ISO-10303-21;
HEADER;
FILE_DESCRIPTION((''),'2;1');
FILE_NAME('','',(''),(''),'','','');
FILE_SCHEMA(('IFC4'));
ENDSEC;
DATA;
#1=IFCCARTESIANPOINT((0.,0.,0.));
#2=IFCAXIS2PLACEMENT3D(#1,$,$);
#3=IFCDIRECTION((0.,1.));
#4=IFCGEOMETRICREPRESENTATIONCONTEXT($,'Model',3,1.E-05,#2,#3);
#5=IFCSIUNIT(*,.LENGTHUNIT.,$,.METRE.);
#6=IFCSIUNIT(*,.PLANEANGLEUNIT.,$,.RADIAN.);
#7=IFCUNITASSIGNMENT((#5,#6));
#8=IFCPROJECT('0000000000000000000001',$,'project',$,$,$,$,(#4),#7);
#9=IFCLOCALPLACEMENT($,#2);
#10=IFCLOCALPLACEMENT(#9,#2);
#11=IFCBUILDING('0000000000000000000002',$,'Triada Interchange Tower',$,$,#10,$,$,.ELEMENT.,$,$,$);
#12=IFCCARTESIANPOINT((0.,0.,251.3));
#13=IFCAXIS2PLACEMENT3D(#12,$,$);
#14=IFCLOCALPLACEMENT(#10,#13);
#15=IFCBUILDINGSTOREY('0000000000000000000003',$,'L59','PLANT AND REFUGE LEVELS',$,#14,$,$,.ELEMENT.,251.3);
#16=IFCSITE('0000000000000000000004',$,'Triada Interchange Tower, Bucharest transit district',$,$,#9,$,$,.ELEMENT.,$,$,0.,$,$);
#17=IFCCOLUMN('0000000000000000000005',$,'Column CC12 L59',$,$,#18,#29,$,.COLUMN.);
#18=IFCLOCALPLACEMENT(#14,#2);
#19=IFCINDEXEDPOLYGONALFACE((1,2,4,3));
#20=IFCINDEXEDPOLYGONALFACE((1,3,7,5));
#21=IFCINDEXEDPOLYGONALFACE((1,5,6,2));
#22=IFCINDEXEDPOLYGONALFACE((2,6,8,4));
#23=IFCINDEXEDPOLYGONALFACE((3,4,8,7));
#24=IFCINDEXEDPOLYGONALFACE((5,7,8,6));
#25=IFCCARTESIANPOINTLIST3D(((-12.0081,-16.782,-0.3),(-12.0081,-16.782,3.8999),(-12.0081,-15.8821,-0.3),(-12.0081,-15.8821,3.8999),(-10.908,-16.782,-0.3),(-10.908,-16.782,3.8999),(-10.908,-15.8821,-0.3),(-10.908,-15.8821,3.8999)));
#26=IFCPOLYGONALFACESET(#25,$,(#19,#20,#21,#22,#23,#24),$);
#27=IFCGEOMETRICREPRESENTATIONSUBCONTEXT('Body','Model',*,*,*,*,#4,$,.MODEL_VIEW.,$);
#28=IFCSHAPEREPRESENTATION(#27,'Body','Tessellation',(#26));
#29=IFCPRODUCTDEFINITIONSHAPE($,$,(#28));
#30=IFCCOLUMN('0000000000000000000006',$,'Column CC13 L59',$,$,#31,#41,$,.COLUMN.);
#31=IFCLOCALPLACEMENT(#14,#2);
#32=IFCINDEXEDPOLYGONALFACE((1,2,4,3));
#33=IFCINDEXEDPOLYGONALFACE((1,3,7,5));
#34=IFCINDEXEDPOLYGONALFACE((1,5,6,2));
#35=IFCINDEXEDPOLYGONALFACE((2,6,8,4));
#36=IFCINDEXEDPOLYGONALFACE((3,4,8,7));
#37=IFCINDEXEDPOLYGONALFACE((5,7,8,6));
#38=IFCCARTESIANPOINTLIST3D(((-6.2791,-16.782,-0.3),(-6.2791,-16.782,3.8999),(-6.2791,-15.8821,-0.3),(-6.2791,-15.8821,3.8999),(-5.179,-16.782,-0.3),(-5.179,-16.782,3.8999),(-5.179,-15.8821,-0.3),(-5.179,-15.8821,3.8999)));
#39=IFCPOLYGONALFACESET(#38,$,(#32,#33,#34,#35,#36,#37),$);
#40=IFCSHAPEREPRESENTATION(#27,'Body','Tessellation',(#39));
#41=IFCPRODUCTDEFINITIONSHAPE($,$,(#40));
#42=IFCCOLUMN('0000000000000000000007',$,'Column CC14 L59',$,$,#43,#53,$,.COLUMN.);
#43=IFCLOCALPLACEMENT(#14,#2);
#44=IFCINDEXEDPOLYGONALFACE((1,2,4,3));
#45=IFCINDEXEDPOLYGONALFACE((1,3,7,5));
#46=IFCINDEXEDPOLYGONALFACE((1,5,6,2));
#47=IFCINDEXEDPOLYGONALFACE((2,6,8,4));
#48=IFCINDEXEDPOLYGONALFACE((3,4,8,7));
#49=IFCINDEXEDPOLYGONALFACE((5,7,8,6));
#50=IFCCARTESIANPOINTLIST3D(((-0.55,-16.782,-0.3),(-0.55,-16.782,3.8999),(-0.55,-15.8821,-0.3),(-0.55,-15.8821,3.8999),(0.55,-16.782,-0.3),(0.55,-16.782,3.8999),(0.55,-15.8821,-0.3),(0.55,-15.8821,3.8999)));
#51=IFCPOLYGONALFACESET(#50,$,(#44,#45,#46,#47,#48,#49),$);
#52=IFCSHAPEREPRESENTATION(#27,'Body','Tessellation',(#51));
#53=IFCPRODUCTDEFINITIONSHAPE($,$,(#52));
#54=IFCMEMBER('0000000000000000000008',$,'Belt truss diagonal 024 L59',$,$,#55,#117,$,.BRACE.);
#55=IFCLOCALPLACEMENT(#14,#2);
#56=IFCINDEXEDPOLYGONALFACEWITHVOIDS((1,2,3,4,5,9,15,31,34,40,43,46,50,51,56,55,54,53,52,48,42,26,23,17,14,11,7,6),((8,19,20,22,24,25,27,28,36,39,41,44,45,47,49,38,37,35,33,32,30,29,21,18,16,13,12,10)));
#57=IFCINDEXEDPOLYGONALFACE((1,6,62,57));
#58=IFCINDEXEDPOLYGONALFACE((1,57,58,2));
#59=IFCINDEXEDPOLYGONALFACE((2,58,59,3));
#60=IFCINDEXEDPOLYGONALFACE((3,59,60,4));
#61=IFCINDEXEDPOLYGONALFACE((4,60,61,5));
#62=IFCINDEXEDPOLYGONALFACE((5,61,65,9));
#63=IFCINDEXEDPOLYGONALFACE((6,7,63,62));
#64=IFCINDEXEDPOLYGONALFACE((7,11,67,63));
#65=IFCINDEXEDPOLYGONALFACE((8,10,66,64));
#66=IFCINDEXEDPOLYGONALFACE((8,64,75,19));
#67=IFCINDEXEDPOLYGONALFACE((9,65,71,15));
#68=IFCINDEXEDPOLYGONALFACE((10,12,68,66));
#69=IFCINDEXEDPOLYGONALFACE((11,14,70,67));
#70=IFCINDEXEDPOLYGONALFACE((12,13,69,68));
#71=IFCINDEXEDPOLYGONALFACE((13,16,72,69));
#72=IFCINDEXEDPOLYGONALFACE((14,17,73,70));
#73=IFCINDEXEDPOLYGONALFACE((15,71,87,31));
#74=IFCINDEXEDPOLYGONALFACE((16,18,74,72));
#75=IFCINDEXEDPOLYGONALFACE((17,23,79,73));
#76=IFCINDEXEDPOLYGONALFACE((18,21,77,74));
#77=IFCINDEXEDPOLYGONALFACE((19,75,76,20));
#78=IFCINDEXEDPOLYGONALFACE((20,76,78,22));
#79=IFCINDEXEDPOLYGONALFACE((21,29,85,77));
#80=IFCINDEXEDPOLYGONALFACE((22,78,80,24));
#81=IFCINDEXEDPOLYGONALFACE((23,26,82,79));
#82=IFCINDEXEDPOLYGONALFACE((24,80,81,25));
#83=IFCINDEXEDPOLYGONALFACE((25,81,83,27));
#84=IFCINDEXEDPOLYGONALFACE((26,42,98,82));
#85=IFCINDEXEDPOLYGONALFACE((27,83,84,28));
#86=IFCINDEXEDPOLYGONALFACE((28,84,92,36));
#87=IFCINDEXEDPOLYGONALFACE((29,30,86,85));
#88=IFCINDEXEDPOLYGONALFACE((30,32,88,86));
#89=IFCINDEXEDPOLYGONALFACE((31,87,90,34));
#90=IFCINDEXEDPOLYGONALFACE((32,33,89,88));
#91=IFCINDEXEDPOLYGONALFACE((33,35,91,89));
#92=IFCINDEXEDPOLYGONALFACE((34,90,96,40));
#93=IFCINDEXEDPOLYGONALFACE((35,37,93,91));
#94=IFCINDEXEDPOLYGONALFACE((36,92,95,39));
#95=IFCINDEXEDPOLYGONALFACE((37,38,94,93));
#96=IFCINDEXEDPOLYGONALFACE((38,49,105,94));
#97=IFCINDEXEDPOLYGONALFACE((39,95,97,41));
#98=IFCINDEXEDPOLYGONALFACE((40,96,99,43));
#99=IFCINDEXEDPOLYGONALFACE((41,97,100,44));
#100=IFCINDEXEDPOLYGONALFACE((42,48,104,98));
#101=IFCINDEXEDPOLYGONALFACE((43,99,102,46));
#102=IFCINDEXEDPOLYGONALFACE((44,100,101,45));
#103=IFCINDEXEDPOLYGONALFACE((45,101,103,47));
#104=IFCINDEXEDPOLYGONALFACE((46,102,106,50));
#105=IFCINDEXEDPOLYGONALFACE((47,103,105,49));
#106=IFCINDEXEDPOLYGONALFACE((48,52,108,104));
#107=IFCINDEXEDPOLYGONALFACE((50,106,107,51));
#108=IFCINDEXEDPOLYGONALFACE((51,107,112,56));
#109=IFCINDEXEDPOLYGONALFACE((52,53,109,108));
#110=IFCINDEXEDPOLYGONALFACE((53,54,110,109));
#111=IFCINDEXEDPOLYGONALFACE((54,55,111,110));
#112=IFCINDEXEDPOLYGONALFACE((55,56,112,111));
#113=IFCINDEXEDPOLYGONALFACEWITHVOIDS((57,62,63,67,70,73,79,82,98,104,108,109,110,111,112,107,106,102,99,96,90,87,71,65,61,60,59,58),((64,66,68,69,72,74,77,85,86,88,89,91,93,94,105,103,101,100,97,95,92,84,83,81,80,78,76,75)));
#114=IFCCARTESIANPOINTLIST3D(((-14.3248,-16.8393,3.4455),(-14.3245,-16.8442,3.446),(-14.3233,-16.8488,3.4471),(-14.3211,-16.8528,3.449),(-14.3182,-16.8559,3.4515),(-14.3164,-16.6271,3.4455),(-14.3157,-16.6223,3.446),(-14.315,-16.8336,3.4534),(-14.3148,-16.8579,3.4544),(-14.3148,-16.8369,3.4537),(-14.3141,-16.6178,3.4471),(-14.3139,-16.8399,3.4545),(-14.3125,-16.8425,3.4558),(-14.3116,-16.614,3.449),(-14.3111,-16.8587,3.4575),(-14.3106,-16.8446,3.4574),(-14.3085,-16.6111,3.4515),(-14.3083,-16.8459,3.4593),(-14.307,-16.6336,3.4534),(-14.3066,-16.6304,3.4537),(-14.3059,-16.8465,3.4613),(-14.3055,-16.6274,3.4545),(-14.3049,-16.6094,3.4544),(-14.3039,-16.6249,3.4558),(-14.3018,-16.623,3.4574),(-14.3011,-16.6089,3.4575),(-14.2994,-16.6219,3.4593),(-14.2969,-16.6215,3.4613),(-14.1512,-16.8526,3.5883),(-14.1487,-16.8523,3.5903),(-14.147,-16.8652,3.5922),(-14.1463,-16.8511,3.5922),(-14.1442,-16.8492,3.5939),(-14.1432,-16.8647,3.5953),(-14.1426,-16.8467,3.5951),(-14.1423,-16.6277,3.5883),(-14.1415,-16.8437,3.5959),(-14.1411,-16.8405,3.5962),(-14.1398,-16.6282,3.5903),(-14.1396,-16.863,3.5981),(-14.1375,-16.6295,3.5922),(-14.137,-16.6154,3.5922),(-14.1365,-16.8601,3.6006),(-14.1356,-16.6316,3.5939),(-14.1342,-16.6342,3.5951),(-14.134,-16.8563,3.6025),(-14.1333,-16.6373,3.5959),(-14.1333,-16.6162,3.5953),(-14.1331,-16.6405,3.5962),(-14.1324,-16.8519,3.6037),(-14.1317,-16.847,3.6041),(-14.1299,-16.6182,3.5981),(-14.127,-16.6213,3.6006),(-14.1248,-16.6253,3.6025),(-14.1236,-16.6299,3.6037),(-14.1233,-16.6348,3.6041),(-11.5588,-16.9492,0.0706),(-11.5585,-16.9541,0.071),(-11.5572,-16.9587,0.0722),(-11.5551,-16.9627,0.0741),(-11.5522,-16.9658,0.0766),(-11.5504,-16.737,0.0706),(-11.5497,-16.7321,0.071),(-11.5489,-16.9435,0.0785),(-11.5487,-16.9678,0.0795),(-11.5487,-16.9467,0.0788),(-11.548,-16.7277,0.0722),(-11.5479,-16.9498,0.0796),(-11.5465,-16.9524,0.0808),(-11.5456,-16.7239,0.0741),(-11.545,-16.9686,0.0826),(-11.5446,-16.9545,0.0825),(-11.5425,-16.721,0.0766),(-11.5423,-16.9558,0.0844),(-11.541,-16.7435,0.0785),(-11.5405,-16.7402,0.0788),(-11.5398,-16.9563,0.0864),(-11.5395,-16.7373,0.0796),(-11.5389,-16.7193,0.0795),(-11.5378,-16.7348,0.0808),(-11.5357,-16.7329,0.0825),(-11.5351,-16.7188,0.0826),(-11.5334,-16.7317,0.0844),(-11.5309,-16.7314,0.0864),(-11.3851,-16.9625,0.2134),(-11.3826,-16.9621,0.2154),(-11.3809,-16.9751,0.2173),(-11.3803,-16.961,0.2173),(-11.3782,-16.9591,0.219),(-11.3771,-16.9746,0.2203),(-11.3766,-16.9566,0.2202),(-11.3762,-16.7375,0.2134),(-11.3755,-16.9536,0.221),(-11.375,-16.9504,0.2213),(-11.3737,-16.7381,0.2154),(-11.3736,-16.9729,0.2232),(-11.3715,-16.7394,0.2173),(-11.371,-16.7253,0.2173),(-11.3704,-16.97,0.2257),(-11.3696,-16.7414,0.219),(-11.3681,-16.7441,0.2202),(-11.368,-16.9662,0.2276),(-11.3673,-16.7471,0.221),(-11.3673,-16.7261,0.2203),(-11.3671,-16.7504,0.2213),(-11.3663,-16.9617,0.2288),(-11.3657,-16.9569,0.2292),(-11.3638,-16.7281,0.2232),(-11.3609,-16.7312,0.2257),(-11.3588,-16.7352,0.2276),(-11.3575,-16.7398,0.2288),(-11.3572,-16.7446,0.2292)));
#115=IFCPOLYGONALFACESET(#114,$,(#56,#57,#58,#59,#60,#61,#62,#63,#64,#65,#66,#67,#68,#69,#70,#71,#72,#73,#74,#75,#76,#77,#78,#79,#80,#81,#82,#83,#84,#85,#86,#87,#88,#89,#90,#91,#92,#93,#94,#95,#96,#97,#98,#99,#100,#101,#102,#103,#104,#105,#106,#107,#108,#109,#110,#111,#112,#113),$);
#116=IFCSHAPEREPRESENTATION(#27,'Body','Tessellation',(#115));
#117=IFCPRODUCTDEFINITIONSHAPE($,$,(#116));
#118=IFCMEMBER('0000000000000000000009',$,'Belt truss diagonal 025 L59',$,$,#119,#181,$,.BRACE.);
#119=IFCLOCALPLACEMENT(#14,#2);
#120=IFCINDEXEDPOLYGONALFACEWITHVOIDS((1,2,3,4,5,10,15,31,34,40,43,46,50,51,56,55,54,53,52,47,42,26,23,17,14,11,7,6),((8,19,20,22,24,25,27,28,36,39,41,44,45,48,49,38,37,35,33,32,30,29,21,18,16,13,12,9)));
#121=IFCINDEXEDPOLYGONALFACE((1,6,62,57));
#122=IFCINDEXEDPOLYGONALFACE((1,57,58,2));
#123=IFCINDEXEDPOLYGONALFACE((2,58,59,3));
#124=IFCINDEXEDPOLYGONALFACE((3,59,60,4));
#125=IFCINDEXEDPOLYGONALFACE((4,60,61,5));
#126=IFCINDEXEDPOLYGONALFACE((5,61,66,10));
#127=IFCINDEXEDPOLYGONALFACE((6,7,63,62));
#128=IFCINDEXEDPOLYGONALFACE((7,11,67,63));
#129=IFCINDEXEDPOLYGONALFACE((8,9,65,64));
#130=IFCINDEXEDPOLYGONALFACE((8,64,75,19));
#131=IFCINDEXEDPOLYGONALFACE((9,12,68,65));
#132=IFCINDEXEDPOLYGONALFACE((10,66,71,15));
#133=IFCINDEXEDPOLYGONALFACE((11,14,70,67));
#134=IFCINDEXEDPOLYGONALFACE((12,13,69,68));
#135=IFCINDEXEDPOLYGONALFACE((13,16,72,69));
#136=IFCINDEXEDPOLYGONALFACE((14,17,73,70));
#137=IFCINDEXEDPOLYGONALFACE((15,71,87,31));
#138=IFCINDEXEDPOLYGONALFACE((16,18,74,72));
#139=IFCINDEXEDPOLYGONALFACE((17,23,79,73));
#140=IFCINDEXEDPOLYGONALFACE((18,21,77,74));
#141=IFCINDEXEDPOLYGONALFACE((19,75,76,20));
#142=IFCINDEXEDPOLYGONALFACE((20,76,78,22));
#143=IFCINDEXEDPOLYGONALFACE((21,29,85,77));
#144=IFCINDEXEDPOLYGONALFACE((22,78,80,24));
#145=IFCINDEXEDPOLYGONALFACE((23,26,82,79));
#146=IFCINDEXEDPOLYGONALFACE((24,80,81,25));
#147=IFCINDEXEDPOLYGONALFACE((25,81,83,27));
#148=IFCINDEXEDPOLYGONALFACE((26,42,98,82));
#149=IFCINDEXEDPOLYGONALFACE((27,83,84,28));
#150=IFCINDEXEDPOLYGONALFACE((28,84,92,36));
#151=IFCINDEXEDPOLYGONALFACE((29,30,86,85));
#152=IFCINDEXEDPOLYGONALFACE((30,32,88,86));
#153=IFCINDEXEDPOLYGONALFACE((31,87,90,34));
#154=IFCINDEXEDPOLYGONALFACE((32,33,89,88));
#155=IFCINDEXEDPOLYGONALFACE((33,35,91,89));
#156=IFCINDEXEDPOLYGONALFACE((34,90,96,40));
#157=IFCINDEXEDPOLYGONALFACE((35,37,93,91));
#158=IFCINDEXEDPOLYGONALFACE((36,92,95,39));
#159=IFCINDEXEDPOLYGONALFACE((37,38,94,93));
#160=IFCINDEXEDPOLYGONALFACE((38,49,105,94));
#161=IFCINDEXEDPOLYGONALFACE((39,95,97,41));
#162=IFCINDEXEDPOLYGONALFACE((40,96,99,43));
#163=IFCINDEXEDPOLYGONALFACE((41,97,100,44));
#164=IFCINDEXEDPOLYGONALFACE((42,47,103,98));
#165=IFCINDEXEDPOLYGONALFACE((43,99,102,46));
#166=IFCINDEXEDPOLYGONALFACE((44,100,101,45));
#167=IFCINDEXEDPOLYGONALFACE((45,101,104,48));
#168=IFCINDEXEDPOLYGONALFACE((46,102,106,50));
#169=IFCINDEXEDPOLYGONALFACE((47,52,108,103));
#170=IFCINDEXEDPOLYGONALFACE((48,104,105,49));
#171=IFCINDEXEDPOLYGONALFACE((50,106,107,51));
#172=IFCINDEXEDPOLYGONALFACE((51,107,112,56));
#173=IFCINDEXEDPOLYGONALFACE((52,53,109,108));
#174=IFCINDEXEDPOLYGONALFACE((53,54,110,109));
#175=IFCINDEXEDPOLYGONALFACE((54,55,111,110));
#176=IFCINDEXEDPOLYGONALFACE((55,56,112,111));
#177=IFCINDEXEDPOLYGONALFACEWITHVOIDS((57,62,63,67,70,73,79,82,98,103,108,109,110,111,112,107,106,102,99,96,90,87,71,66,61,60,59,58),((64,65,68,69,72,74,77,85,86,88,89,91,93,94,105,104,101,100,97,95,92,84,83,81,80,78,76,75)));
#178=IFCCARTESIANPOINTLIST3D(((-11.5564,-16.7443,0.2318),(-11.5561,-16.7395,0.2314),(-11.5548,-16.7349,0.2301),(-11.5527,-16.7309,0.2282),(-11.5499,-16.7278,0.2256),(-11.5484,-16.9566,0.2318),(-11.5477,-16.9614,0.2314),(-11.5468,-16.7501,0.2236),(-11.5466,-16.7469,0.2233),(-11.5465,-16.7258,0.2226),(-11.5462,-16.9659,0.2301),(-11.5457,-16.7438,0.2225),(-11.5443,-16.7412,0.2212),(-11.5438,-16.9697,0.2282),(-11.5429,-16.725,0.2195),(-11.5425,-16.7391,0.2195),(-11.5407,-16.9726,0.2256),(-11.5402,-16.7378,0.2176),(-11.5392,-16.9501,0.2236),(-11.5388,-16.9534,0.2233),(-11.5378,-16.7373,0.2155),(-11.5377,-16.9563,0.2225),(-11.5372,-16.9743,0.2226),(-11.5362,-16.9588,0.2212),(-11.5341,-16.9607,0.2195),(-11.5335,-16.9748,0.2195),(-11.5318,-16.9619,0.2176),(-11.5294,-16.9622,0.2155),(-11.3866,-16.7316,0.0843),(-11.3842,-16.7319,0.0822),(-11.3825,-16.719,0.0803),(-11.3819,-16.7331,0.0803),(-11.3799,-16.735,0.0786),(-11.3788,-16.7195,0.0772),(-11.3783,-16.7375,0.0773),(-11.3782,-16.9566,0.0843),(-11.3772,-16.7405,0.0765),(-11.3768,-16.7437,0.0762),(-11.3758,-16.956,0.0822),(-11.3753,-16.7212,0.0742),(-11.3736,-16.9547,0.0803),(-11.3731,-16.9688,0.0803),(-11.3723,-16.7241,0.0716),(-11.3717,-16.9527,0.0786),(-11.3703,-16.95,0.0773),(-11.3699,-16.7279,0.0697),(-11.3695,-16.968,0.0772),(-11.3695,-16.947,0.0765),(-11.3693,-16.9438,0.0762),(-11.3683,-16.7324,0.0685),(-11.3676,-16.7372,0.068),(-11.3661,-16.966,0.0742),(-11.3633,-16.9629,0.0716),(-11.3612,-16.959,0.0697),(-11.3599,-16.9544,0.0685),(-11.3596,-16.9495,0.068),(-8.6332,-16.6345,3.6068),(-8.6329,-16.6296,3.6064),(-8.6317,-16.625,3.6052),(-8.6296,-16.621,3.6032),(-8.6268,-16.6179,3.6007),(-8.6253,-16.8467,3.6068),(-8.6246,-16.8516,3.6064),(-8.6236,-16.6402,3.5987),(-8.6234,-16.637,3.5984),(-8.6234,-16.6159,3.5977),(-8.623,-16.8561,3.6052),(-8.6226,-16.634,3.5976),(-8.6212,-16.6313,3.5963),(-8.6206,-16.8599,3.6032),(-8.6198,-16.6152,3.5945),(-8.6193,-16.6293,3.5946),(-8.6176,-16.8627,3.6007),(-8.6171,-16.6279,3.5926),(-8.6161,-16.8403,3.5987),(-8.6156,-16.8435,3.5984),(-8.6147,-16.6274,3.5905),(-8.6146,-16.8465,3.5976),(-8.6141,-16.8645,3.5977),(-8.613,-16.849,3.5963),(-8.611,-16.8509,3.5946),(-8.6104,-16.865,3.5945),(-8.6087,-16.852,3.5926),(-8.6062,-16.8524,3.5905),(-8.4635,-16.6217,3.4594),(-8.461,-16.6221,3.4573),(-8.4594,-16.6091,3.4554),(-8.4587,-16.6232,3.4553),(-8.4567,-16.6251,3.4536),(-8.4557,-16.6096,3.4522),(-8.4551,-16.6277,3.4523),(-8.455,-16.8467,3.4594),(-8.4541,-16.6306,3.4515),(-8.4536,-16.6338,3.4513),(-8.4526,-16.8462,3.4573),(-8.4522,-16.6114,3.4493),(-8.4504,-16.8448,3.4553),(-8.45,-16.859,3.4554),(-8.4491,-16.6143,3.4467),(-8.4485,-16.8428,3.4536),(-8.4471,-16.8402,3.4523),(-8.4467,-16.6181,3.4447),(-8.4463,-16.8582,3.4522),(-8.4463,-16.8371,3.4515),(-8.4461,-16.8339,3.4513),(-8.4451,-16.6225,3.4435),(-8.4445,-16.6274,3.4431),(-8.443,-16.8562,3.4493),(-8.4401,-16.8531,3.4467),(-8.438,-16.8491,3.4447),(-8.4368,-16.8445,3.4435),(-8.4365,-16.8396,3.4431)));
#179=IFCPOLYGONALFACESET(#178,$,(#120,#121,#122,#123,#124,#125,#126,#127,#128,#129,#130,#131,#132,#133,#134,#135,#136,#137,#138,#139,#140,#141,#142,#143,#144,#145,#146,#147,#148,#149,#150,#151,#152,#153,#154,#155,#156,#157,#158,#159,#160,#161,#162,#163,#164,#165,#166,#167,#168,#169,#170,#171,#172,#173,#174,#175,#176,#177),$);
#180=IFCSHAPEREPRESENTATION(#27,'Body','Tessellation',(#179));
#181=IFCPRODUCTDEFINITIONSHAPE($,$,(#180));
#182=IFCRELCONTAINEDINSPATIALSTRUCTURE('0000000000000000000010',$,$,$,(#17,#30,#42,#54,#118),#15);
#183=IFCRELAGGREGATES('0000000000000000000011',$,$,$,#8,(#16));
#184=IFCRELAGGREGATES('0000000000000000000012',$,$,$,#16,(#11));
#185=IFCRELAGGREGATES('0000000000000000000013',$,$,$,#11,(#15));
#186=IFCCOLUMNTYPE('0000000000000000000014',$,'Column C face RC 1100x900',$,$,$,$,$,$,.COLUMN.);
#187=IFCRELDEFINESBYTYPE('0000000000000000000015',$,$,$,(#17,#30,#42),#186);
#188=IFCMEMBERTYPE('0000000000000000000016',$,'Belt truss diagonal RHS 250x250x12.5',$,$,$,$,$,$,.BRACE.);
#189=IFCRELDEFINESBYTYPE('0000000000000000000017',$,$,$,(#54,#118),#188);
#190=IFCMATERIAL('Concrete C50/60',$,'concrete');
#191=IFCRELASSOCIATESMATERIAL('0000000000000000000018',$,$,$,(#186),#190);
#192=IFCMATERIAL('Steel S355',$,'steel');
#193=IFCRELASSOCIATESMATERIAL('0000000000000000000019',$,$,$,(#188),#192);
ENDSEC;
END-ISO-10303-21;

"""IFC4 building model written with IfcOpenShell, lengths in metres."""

from ifc_helpers import new_model, si_unit, direction, frame, origin, origin_2d, place, context, subcontext, project, spatial, rectangle, hollow_rectangle, extrude, material, material_profile, profile_set, type_object, element, save


model = new_model("IFC4")

# Units and contexts
model_context = context("Model", 3, precision=1e-05, world=origin(), true_north=direction((0.0, 1.0)))
body_context = subcontext(model_context, "Body", "Model", "MODEL_VIEW")
ifc_project = project(units=[si_unit("LENGTHUNIT", "METRE"), si_unit("PLANEANGLEUNIT", "RADIAN")], contexts=[model_context])

# Site, building, storey
site_placement = place(None, origin())
site = spatial("IfcSite", under=ifc_project, at=site_placement, Name="Triada Interchange Tower, Bucharest transit district", CompositionType="ELEMENT", RefElevation=0.0)
building_placement = place(site_placement, origin())
building = spatial("IfcBuilding", under=site, at=building_placement, Name="Triada Interchange Tower", CompositionType="ELEMENT")
storey_placement = place(building_placement, frame((0.0, 0.0, 251.3)))
storey = spatial("IfcBuildingStorey", under=building, at=storey_placement, Name="L59", Description="PLANT AND REFUGE LEVELS", CompositionType="ELEMENT", Elevation=251.3)

# Columns
ifc_material_1 = material(Name="Concrete C50/60", Category="concrete")
ifc_material_profile_1 = material_profile(ifc_material_1, rectangle(XDim=1.1001, YDim=0.8999, at=origin_2d()), Name="RC 1100x900")
ifc_profile_set_1 = profile_set([ifc_material_profile_1], Name="Concrete C50/60")
column_type = type_object("IfcColumnType", Name="Column C face RC 1100x900", PredefinedType="COLUMN", material=ifc_profile_set_1)
for number, where, z_axis, x_axis, name in (
    (1, (-11.458, -16.332, -0.3), (0.0, 0.0, 1.0), (1.0, 0.0, 0.0), "Column CC12 L59"),
    (2, (-5.729, -16.332, -0.3), (0.0, 0.0, 1.0), (1.0, 0.0, 0.0), "Column CC13 L59"),
    (3, (0.0, -16.332, -0.3), (0.0, 0.0, 1.0), (1.0, 0.0, 0.0), "Column CC14 L59"),
):
    element("IfcColumn", number, at=place(storey_placement, frame(where, z_axis=z_axis, x_axis=x_axis)), inside=storey, type_object=column_type, Name=name, PredefinedType="COLUMN", context=body_context, shape_type="SweptSolid", body=[
        extrude(rectangle(XDim=1.1001, YDim=0.8999, at=origin_2d()), origin(), (0.0, 0.0, 1.0), 4.2),
    ])

# Members
ifc_material_2 = material(Name="Steel S355", Category="steel")
ifc_material_profile_2 = material_profile(ifc_material_2, hollow_rectangle(XDim=0.25, YDim=0.25, WallThickness=0.0125, InnerFilletRadius=0.0125, OuterFilletRadius=0.0188, at=origin_2d()), Name="RHS 250x250x12.5")
ifc_profile_set_2 = profile_set([ifc_material_profile_2], Name="Steel S355")
member_type = type_object("IfcMemberType", Name="Belt truss diagonal RHS 250x250x12.5", PredefinedType="BRACE", material=ifc_profile_set_2)
member_1_placement = place(storey_placement, frame((-11.458, -16.8469, 0.1499), z_axis=(-0.633689, 0.025169, 0.773179), x_axis=(-0.039686, -0.999212, 0.0)))
element("IfcMember", 4, at=member_1_placement, inside=storey, type_object=member_type, Name="Belt truss diagonal 024 L59", PredefinedType="BRACE", context=body_context, shape_type="SweptSolid", body=[
    extrude(hollow_rectangle(XDim=0.25, YDim=0.25, WallThickness=0.0125, InnerFilletRadius=0.0125, OuterFilletRadius=0.0188, at=origin_2d()), origin(), (0.0, 0.0, 1.0), 4.365),
])
member_2_placement = place(storey_placement, frame((-11.458, -16.8469, 0.1499), z_axis=(0.654489, 0.024599, 0.755671), x_axis=(-0.037558, 0.999294, 0.0)))
element("IfcMember", 5, at=member_2_placement, inside=storey, type_object=member_type, Name="Belt truss diagonal 025 L59", PredefinedType="BRACE", context=body_context, shape_type="SweptSolid", body=[
    extrude(hollow_rectangle(XDim=0.25, YDim=0.25, WallThickness=0.0125, InnerFilletRadius=0.0125, OuterFilletRadius=0.0188, at=origin_2d()), origin(), (0.0, 0.0, 1.0), 4.4663),
])

save(model, "model.ifc")
